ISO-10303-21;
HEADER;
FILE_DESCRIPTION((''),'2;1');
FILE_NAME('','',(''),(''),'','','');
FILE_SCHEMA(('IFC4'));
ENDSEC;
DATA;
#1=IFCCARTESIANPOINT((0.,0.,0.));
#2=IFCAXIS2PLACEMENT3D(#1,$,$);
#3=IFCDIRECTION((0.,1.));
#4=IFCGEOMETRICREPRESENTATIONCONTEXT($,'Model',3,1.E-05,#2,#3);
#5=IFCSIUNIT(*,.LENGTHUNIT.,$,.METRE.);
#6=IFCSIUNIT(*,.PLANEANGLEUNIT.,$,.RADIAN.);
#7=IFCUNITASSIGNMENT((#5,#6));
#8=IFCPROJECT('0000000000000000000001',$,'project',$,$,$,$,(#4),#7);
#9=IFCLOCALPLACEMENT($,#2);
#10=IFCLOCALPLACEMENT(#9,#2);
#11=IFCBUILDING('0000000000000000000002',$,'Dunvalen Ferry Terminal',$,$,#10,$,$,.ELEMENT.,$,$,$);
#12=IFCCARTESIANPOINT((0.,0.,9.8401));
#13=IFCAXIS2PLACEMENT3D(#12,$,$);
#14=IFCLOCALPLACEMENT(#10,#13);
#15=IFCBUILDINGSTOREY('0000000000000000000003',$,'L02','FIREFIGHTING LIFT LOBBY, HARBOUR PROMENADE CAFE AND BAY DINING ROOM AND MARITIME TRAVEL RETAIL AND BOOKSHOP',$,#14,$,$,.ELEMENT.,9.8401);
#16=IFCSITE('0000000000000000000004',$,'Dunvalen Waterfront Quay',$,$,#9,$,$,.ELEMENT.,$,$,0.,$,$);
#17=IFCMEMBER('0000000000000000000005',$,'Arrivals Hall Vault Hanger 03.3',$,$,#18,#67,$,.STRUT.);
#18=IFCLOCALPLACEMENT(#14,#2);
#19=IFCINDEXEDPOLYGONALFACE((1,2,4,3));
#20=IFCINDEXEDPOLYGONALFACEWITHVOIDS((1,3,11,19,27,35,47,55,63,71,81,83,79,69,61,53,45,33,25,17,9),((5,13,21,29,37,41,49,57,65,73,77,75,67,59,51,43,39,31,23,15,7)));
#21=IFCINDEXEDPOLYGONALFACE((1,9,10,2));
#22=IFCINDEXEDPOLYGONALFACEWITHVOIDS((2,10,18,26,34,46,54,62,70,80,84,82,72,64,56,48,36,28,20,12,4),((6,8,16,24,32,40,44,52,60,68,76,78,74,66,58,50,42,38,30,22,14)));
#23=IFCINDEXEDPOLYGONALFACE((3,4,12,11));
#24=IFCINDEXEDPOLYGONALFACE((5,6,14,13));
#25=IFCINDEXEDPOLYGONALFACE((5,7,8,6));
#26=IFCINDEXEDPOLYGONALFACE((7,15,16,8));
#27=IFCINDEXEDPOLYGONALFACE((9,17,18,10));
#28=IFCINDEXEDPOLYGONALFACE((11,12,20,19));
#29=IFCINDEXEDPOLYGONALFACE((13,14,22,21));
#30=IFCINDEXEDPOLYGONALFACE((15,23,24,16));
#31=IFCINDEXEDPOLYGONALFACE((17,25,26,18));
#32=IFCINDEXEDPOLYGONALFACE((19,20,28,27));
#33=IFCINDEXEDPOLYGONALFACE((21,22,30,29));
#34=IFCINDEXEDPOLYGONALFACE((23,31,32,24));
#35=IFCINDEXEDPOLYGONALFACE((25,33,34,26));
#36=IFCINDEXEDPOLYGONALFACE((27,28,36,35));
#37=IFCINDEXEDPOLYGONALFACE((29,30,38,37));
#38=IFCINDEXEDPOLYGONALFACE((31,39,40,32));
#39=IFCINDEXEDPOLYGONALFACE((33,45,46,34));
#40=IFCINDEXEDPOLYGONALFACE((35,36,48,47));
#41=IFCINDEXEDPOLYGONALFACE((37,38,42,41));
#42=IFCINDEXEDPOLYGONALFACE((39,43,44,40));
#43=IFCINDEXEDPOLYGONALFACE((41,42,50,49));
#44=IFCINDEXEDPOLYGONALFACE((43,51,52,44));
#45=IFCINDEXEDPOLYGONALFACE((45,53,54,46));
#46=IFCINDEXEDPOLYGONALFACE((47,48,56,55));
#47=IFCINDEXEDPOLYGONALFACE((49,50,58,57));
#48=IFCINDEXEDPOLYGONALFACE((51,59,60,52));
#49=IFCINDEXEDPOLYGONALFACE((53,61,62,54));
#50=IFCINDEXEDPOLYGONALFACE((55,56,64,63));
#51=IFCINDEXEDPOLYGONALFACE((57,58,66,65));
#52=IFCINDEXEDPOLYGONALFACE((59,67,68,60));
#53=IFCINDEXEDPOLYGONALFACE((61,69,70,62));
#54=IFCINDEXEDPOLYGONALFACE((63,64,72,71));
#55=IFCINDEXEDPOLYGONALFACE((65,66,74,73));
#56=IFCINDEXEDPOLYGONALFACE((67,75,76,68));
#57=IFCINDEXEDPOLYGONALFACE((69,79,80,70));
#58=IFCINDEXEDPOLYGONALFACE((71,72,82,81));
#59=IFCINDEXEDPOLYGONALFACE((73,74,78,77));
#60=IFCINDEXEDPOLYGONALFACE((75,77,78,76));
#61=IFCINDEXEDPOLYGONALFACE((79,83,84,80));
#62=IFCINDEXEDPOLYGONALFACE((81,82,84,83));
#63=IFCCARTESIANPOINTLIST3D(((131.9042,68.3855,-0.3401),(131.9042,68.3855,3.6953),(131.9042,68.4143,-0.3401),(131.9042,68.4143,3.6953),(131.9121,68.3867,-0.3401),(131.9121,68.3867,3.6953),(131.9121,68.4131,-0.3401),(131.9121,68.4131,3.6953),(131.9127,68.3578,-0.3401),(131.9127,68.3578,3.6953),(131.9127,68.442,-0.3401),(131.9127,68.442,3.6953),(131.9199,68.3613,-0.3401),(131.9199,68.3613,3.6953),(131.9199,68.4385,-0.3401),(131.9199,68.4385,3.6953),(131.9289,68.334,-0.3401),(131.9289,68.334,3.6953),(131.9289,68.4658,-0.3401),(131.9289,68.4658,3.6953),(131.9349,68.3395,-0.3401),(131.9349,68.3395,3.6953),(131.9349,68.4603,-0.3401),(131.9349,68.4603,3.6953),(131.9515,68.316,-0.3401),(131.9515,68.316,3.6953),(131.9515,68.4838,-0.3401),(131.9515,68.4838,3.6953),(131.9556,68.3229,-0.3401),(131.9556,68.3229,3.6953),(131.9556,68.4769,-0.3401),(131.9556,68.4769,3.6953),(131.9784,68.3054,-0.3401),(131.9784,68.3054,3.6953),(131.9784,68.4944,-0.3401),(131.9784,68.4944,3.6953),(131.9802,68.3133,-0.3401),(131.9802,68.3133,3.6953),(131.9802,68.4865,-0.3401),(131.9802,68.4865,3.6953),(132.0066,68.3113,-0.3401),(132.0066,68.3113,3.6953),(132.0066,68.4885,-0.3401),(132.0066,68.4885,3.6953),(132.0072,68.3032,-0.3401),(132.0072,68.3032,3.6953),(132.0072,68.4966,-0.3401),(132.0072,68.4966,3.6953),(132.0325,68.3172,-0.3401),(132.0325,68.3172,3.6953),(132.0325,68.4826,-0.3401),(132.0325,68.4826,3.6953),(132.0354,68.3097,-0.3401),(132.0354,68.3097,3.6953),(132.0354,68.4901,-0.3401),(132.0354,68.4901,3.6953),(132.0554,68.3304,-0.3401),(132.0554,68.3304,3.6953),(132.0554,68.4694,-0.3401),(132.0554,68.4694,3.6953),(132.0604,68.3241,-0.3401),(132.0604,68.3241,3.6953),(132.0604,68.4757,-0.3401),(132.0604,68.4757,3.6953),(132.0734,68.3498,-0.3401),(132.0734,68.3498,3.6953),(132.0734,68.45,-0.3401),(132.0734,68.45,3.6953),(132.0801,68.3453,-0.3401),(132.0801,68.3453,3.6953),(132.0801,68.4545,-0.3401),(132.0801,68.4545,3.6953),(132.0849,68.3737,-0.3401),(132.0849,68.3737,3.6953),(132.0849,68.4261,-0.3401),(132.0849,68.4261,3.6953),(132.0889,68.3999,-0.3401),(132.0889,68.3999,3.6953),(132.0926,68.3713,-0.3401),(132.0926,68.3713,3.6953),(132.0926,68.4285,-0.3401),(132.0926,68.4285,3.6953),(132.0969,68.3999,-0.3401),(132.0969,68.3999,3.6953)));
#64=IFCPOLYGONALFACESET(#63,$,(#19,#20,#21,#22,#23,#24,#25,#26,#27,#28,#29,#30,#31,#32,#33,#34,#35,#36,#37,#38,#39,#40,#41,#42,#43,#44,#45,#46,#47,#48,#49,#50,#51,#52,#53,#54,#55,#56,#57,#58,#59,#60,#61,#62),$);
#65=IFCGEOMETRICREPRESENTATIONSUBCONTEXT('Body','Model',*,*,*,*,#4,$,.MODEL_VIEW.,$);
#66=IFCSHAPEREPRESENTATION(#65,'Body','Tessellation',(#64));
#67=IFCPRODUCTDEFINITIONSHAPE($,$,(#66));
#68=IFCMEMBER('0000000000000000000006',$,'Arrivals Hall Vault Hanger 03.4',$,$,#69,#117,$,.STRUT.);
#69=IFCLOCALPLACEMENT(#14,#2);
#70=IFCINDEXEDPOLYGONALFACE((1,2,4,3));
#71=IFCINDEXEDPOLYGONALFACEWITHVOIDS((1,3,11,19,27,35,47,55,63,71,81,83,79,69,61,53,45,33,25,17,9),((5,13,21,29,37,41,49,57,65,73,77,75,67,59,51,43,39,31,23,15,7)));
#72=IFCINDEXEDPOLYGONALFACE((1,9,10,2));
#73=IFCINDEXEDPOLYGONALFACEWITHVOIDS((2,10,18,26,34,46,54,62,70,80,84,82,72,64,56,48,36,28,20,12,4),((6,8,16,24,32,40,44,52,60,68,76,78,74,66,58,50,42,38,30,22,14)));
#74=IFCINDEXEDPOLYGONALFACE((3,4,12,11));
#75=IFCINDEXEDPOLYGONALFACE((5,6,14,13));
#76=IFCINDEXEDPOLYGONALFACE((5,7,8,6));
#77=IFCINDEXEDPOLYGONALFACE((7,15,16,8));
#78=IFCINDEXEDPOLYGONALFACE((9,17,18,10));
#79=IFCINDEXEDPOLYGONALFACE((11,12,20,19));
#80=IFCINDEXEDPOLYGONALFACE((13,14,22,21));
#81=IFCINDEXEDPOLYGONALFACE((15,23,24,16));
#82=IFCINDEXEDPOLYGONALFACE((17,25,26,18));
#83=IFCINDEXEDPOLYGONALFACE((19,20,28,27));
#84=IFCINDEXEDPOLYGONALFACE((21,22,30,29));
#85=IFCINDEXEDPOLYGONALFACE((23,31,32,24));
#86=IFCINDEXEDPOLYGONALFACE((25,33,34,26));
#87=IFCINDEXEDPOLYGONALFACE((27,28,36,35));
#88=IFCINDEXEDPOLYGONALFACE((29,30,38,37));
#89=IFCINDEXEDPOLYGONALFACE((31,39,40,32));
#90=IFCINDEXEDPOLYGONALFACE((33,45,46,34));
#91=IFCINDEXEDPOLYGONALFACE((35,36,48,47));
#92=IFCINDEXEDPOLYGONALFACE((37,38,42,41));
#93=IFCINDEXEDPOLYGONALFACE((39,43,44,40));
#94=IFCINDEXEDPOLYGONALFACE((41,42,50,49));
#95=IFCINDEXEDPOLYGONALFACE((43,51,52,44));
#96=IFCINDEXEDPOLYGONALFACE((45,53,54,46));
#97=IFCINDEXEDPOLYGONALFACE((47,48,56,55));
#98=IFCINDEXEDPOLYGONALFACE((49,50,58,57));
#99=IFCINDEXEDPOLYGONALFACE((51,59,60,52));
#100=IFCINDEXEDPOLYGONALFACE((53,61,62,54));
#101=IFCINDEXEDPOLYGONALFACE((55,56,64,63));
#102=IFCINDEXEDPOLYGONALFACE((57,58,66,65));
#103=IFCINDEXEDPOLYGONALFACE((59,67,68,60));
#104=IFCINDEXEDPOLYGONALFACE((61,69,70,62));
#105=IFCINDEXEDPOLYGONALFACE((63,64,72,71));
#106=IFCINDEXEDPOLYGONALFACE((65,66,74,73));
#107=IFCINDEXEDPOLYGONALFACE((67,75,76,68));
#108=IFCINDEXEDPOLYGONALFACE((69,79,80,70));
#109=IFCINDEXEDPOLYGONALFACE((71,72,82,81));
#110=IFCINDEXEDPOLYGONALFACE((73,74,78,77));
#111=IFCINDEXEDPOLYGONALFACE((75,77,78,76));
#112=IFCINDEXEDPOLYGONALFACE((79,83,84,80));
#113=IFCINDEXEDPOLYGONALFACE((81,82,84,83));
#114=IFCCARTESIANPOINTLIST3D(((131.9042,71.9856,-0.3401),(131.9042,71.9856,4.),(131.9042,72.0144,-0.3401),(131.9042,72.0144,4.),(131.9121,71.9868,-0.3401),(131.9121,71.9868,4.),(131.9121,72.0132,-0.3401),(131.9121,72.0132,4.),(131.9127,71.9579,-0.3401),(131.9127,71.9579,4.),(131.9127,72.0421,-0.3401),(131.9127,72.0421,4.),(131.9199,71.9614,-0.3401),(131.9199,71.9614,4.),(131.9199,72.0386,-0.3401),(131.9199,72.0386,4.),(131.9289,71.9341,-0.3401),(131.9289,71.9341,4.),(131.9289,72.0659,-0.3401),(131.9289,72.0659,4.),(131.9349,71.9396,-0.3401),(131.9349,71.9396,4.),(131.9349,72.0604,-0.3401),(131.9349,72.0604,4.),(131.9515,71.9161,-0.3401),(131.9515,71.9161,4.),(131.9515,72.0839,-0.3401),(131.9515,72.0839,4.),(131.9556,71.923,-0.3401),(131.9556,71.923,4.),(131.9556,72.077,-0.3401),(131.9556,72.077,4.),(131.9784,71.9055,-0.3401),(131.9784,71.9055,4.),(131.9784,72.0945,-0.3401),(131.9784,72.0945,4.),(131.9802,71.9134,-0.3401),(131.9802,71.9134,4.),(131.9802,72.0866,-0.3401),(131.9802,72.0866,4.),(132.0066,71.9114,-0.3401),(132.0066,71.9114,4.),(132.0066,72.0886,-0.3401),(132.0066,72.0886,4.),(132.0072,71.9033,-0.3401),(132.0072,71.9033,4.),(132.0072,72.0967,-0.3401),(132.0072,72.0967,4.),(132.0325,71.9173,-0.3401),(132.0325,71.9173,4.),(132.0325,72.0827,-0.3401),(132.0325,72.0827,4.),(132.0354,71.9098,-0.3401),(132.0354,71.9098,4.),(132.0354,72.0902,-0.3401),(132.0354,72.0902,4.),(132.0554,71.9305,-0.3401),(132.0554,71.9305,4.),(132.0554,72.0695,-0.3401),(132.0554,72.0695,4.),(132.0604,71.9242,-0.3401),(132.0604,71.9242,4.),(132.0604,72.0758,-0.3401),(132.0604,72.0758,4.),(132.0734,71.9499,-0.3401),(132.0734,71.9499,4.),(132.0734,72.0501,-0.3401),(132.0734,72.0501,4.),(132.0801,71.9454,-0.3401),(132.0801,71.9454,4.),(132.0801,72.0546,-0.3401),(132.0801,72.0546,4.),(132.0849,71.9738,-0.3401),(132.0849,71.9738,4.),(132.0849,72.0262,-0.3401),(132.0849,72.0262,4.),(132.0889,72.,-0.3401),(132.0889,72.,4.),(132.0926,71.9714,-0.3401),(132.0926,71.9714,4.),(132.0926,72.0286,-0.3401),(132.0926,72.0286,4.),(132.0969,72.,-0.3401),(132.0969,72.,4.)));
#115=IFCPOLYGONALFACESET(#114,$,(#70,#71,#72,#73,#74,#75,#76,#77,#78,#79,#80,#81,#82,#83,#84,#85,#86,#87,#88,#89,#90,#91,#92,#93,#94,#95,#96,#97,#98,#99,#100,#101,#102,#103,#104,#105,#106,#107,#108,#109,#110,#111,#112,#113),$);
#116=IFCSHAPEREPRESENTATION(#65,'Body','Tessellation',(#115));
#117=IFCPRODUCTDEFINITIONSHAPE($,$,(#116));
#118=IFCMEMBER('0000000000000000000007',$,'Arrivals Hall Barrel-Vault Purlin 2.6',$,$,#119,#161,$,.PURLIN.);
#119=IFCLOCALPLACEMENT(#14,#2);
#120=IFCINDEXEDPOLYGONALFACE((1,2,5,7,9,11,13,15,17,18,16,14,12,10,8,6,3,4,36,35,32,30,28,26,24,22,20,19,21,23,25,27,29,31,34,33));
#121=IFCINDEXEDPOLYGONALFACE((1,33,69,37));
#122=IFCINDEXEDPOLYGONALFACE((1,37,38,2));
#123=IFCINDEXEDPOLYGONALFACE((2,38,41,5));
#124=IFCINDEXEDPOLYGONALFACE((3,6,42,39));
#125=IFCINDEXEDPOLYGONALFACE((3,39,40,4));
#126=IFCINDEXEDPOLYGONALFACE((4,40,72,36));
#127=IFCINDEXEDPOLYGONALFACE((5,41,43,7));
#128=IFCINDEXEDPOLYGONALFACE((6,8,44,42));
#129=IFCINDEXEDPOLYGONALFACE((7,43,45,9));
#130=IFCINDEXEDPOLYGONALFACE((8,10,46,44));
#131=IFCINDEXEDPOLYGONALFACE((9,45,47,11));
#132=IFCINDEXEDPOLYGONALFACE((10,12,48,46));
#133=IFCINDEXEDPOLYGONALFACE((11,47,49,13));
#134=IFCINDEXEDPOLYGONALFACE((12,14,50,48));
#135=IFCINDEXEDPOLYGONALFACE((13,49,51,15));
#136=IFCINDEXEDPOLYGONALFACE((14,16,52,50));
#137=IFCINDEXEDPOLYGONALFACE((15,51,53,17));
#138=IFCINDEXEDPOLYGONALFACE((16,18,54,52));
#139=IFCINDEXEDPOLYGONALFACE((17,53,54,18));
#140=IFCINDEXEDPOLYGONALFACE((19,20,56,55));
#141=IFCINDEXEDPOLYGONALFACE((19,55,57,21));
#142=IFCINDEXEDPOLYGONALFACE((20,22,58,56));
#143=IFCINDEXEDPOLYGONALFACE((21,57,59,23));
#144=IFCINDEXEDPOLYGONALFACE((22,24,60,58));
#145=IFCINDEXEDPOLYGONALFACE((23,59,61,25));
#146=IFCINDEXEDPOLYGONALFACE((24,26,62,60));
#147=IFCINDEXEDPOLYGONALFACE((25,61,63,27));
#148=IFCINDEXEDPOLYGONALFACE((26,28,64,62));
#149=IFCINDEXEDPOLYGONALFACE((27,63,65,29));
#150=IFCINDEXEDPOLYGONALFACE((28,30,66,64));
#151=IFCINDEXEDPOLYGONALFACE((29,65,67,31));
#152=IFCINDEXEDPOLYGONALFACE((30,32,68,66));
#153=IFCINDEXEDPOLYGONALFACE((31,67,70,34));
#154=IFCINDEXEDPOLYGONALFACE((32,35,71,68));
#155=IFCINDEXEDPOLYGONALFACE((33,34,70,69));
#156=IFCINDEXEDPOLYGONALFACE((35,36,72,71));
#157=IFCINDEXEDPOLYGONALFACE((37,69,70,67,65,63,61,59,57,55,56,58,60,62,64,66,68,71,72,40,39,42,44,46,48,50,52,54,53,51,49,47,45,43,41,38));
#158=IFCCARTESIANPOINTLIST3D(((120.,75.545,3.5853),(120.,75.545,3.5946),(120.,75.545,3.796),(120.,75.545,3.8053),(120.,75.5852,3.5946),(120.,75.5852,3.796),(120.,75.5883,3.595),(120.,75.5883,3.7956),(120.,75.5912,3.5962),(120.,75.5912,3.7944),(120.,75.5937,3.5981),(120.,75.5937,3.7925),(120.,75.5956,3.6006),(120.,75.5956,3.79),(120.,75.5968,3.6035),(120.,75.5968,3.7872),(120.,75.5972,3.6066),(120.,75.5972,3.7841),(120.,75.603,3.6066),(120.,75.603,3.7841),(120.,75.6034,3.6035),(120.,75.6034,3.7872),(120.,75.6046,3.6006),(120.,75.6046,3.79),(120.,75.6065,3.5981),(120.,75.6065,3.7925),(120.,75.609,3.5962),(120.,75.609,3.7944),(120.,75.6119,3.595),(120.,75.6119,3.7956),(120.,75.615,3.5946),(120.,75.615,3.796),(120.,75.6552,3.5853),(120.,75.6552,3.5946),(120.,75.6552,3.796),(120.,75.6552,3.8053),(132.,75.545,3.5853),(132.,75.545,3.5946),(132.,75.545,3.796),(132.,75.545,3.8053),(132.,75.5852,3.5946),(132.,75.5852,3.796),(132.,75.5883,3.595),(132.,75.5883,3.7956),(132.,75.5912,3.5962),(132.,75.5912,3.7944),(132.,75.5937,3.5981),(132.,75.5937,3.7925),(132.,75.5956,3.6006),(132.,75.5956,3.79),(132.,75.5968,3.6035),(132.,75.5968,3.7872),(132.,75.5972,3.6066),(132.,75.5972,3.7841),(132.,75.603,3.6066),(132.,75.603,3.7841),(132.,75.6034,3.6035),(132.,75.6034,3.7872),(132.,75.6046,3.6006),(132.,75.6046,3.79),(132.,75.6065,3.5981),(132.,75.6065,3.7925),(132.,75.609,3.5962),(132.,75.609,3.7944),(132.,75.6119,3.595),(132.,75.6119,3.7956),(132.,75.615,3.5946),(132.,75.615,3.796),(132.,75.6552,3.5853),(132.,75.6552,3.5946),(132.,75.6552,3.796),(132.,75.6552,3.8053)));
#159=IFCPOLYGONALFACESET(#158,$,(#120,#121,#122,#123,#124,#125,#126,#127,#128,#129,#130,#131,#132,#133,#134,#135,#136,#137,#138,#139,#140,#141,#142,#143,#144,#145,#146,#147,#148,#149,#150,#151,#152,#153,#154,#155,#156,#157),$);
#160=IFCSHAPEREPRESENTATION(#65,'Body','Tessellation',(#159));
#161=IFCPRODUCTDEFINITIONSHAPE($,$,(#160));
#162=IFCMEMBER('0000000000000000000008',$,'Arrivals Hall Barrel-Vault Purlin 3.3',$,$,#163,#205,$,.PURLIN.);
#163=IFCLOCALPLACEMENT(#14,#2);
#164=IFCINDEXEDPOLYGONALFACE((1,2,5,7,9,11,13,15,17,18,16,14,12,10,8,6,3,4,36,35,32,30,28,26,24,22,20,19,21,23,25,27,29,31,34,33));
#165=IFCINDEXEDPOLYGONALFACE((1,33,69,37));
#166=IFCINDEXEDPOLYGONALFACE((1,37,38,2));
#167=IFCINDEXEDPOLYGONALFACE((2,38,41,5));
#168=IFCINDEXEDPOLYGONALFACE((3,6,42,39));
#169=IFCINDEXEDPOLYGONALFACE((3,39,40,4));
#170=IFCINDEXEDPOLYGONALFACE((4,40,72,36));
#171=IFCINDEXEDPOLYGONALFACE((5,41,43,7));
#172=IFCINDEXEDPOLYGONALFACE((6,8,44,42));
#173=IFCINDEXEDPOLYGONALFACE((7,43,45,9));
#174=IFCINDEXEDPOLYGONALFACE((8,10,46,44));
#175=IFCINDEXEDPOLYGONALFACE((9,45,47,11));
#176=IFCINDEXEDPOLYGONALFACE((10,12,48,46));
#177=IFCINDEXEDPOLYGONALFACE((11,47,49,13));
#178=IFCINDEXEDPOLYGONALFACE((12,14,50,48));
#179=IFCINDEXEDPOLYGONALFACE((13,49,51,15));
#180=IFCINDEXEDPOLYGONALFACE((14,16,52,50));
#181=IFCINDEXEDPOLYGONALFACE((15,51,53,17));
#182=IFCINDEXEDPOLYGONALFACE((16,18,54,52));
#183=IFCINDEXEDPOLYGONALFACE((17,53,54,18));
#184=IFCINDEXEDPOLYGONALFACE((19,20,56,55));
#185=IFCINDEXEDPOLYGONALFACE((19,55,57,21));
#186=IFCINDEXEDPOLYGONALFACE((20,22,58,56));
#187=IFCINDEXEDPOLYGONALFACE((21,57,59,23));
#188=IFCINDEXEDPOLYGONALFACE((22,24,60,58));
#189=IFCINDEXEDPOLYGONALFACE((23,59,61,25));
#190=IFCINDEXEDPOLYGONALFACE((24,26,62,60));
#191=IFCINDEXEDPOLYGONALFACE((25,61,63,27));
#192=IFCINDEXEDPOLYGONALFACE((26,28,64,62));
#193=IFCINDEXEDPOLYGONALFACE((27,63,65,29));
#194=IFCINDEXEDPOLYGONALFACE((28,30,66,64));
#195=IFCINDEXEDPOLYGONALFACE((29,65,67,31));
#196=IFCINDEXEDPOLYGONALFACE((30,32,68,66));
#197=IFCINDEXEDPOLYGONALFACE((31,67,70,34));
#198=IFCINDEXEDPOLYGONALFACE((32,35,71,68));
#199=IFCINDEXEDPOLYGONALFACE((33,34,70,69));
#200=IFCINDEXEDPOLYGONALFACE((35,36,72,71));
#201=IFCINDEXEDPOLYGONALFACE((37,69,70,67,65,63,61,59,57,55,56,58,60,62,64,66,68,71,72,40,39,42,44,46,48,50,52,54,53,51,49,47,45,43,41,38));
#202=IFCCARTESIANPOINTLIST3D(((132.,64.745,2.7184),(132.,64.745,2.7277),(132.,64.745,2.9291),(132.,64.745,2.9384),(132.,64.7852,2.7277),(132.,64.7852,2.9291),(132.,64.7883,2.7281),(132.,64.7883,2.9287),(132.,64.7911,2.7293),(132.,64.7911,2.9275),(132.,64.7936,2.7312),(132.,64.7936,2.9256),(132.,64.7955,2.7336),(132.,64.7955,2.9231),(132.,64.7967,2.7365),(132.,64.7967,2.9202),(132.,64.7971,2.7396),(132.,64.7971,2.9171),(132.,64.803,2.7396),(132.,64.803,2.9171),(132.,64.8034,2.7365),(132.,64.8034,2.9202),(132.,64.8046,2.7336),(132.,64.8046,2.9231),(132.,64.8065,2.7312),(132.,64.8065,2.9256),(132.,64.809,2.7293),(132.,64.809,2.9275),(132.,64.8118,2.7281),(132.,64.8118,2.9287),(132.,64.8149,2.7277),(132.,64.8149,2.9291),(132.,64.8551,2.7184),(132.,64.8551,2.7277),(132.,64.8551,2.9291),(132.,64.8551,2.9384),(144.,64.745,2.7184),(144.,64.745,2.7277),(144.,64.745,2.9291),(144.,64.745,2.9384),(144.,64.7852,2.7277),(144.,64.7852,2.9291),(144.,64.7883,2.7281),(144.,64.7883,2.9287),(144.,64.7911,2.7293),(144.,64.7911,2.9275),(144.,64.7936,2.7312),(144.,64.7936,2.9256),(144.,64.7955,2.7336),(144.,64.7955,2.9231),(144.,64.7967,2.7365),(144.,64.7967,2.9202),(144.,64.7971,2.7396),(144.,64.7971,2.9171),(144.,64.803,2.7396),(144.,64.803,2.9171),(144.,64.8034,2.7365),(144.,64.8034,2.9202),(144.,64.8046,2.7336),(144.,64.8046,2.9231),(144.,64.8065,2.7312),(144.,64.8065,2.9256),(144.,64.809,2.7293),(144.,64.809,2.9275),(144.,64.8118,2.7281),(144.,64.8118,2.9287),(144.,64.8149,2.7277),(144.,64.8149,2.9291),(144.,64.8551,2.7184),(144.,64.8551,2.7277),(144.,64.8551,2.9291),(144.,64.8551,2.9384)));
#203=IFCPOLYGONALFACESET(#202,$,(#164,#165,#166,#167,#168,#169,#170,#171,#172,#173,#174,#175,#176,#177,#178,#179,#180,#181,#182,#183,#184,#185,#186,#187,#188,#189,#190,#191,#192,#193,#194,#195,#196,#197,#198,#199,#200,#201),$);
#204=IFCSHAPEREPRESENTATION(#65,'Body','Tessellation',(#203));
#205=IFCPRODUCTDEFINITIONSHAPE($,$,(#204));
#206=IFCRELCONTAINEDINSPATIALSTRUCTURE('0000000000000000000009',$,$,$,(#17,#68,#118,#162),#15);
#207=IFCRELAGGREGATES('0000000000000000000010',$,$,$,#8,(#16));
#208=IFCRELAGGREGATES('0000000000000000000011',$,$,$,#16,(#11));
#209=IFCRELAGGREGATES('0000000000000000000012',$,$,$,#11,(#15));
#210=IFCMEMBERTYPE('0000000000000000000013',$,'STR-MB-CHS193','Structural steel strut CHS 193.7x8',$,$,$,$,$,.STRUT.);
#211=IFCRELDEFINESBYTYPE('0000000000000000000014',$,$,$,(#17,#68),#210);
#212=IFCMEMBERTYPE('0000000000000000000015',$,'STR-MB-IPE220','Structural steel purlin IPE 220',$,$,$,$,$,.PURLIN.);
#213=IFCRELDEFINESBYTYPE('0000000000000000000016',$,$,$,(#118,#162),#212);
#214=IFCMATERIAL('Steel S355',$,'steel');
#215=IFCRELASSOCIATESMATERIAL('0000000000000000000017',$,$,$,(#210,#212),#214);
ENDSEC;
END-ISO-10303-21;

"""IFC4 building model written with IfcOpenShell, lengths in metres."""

from ifc_helpers import new_model, si_unit, direction, frame, origin, origin_2d, place, context, subcontext, project, spatial, hollow_circle, i_section, extrude, material, material_profile, profile_set, type_object, element, save


model = new_model("IFC4")

# Units and contexts
model_context = context("Model", 3, precision=1e-05, world=origin(), true_north=direction((0.0, 1.0)))
body_context = subcontext(model_context, "Body", "Model", "MODEL_VIEW")
ifc_project = project(units=[si_unit("LENGTHUNIT", "METRE"), si_unit("PLANEANGLEUNIT", "RADIAN")], contexts=[model_context])

# Site, building, storey
site_placement = place(None, origin())
site = spatial("IfcSite", under=ifc_project, at=site_placement, Name="Dunvalen Waterfront Quay", CompositionType="ELEMENT", RefElevation=0.0)
building_placement = place(site_placement, origin())
building = spatial("IfcBuilding", under=site, at=building_placement, Name="Dunvalen Ferry Terminal", CompositionType="ELEMENT")
storey_placement = place(building_placement, frame((0.0, 0.0, 9.8401)))
storey = spatial("IfcBuildingStorey", under=building, at=storey_placement, Name="L02", Description="FIREFIGHTING LIFT LOBBY, HARBOUR PROMENADE CAFE AND BAY DINING ROOM AND MARITIME TRAVEL RETAIL AND BOOKSHOP", CompositionType="ELEMENT", Elevation=9.8401)

# Shared definitions
ifc_material_1 = material(Name="Steel S355", Category="steel")

# Members
ifc_material_profile_1 = material_profile(ifc_material_1, hollow_circle(Radius=0.0969, WallThickness=0.0081, at=origin_2d()), Name="Steel S355")
ifc_profile_set_1 = profile_set([ifc_material_profile_1], Name="Steel S355")
member_type_1 = type_object("IfcMemberType", Name="STR-MB-CHS193", Description="Structural steel strut CHS 193.7x8", PredefinedType="STRUT", material=ifc_profile_set_1)
member_1_placement = place(storey_placement, frame((132.0, 68.3999, -0.3401), z_axis=(0.0, 0.0, 1.0), x_axis=(1.0, 0.0, 0.0)))
element("IfcMember", 1, at=member_1_placement, inside=storey, type_object=member_type_1, Name="Arrivals Hall Vault Hanger 03.3", PredefinedType="STRUT", context=body_context, shape_type="SweptSolid", body=[
    extrude(hollow_circle(Radius=0.0969, WallThickness=0.0081, at=origin_2d()), origin(), (0.0, 0.0, 1.0), 4.0354),
])
member_2_placement = place(storey_placement, frame((132.0, 72.0, -0.3401), z_axis=(0.0, 0.0, 1.0), x_axis=(1.0, 0.0, 0.0)))
element("IfcMember", 2, at=member_2_placement, inside=storey, type_object=member_type_1, Name="Arrivals Hall Vault Hanger 03.4", PredefinedType="STRUT", context=body_context, shape_type="SweptSolid", body=[
    extrude(hollow_circle(Radius=0.0969, WallThickness=0.0081, at=origin_2d()), origin(), (0.0, 0.0, 1.0), 4.3401),
])
ifc_material_profile_2 = material_profile(ifc_material_1, i_section(OverallWidth=0.1101, OverallDepth=0.22, WebThickness=0.0059, FlangeThickness=0.0093, FilletRadius=0.012, at=origin_2d()), Name="Steel S355")
ifc_profile_set_2 = profile_set([ifc_material_profile_2], Name="Steel S355")
member_type_2 = type_object("IfcMemberType", Name="STR-MB-IPE220", Description="Structural steel purlin IPE 220", PredefinedType="PURLIN", material=ifc_profile_set_2)
for number, where, z_axis, x_axis, name in (
    (3, (120.0, 75.6001, 3.6953), (1.0, 0.0, 0.0), (0.0, 1.0, 0.0), "Arrivals Hall Barrel-Vault Purlin 2.6"),
    (4, (132.0, 64.8, 2.8284), (1.0, 0.0, 0.0), (0.0, 1.0, 0.0), "Arrivals Hall Barrel-Vault Purlin 3.3"),
):
    element("IfcMember", number, at=place(storey_placement, frame(where, z_axis=z_axis, x_axis=x_axis)), inside=storey, type_object=member_type_2, Name=name, PredefinedType="PURLIN", context=body_context, shape_type="SweptSolid", body=[
        extrude(i_section(OverallWidth=0.1101, OverallDepth=0.22, WebThickness=0.0059, FlangeThickness=0.0093, FilletRadius=0.012, at=origin_2d()), origin(), (0.0, 0.0, 1.0), 12.0),
    ])

save(model, "model.ifc")
